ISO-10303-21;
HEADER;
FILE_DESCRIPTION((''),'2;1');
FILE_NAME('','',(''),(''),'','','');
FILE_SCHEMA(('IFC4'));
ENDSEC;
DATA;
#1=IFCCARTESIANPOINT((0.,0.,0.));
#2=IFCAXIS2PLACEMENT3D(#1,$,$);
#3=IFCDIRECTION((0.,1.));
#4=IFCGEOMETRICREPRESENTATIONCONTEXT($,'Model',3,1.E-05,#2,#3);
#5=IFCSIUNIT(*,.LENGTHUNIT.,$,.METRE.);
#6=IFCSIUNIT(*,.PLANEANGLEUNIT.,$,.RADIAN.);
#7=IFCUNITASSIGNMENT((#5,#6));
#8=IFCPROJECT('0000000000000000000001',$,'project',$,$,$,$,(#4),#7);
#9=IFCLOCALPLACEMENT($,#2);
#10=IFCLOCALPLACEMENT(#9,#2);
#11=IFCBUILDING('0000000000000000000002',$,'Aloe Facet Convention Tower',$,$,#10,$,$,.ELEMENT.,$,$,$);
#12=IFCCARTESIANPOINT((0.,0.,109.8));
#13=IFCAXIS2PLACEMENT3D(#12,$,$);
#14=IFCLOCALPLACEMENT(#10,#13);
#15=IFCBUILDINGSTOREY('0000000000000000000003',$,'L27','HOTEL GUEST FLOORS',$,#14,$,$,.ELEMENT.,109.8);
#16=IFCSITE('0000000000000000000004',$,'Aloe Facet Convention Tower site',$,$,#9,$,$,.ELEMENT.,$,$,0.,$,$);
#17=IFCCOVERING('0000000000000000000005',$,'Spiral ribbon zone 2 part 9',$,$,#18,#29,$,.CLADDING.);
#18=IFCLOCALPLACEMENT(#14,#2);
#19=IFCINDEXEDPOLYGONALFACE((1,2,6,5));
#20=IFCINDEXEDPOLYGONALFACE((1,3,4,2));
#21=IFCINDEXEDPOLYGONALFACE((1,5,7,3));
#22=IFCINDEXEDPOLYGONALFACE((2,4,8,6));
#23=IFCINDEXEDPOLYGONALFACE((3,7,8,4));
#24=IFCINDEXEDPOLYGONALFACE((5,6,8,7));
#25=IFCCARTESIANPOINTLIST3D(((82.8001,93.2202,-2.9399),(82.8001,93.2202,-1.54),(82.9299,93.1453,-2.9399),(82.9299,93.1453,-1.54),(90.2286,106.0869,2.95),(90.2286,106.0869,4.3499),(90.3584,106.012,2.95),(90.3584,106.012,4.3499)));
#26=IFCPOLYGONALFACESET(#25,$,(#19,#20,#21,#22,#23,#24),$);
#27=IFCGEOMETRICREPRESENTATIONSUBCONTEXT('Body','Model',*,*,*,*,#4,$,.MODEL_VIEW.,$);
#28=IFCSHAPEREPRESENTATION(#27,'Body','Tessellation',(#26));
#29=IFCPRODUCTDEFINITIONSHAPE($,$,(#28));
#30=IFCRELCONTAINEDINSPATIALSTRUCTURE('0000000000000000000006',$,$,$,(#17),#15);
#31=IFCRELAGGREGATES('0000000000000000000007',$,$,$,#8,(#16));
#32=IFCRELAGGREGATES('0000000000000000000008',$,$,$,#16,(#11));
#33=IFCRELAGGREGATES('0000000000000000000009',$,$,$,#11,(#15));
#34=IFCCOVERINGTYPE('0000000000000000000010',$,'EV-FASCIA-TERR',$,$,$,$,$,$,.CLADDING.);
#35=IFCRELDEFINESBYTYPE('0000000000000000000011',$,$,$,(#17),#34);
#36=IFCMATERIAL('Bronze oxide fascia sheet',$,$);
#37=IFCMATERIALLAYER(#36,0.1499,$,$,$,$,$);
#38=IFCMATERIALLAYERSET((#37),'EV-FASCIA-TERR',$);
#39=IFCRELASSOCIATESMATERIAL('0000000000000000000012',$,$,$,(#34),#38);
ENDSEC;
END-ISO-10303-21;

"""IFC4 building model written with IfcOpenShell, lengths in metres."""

from ifc_helpers import new_model, si_unit, direction, frame, origin, place, context, subcontext, project, spatial, polyline, outline, extrude, material, layer, layer_set, type_object, element, save


model = new_model("IFC4")

# Units and contexts
model_context = context("Model", 3, precision=1e-05, world=origin(), true_north=direction((0.0, 1.0)))
body_context = subcontext(model_context, "Body", "Model", "MODEL_VIEW")
ifc_project = project(units=[si_unit("LENGTHUNIT", "METRE"), si_unit("PLANEANGLEUNIT", "RADIAN")], contexts=[model_context])

# Site, building, storey
site_placement = place(None, origin())
site = spatial("IfcSite", under=ifc_project, at=site_placement, Name="Aloe Facet Convention Tower site", CompositionType="ELEMENT", RefElevation=0.0)
building_placement = place(site_placement, origin())
building = spatial("IfcBuilding", under=site, at=building_placement, Name="Aloe Facet Convention Tower", CompositionType="ELEMENT")
storey_placement = place(building_placement, frame((0.0, 0.0, 109.8)))
storey = spatial("IfcBuildingStorey", under=building, at=storey_placement, Name="L27", Description="HOTEL GUEST FLOORS", CompositionType="ELEMENT", Elevation=109.8)

# Covering
ifc_material_1 = material(Name="Bronze oxide fascia sheet")
ifc_layer_1 = layer(ifc_material_1, 0.1499)
ifc_layer_set_1 = layer_set([ifc_layer_1], Name="EV-FASCIA-TERR")
covering_type = type_object("IfcCoveringType", Name="EV-FASCIA-TERR", PredefinedType="CLADDING", material=ifc_layer_set_1)
covering_placement = place(storey_placement, frame((82.9299, 93.1453, -2.9399), z_axis=(0.866029, -0.499994, 0.0), x_axis=(0.464802, 0.805073, 0.368532)))
element("IfcCovering", 1, at=covering_placement, inside=storey, type_object=covering_type, Name="Spiral ribbon zone 2 part 9", PredefinedType="CLADDING", context=body_context, shape_type="SweptSolid", body=[
    extrude(outline(polyline([(0.0, 0.0), (15.982, 0.0), (16.4979, 1.3014), (0.5159, 1.3014), (0.0, 0.0)])), origin(), (0.0, 0.0, -1.0), 0.1499),
])

save(model, "model.ifc")
